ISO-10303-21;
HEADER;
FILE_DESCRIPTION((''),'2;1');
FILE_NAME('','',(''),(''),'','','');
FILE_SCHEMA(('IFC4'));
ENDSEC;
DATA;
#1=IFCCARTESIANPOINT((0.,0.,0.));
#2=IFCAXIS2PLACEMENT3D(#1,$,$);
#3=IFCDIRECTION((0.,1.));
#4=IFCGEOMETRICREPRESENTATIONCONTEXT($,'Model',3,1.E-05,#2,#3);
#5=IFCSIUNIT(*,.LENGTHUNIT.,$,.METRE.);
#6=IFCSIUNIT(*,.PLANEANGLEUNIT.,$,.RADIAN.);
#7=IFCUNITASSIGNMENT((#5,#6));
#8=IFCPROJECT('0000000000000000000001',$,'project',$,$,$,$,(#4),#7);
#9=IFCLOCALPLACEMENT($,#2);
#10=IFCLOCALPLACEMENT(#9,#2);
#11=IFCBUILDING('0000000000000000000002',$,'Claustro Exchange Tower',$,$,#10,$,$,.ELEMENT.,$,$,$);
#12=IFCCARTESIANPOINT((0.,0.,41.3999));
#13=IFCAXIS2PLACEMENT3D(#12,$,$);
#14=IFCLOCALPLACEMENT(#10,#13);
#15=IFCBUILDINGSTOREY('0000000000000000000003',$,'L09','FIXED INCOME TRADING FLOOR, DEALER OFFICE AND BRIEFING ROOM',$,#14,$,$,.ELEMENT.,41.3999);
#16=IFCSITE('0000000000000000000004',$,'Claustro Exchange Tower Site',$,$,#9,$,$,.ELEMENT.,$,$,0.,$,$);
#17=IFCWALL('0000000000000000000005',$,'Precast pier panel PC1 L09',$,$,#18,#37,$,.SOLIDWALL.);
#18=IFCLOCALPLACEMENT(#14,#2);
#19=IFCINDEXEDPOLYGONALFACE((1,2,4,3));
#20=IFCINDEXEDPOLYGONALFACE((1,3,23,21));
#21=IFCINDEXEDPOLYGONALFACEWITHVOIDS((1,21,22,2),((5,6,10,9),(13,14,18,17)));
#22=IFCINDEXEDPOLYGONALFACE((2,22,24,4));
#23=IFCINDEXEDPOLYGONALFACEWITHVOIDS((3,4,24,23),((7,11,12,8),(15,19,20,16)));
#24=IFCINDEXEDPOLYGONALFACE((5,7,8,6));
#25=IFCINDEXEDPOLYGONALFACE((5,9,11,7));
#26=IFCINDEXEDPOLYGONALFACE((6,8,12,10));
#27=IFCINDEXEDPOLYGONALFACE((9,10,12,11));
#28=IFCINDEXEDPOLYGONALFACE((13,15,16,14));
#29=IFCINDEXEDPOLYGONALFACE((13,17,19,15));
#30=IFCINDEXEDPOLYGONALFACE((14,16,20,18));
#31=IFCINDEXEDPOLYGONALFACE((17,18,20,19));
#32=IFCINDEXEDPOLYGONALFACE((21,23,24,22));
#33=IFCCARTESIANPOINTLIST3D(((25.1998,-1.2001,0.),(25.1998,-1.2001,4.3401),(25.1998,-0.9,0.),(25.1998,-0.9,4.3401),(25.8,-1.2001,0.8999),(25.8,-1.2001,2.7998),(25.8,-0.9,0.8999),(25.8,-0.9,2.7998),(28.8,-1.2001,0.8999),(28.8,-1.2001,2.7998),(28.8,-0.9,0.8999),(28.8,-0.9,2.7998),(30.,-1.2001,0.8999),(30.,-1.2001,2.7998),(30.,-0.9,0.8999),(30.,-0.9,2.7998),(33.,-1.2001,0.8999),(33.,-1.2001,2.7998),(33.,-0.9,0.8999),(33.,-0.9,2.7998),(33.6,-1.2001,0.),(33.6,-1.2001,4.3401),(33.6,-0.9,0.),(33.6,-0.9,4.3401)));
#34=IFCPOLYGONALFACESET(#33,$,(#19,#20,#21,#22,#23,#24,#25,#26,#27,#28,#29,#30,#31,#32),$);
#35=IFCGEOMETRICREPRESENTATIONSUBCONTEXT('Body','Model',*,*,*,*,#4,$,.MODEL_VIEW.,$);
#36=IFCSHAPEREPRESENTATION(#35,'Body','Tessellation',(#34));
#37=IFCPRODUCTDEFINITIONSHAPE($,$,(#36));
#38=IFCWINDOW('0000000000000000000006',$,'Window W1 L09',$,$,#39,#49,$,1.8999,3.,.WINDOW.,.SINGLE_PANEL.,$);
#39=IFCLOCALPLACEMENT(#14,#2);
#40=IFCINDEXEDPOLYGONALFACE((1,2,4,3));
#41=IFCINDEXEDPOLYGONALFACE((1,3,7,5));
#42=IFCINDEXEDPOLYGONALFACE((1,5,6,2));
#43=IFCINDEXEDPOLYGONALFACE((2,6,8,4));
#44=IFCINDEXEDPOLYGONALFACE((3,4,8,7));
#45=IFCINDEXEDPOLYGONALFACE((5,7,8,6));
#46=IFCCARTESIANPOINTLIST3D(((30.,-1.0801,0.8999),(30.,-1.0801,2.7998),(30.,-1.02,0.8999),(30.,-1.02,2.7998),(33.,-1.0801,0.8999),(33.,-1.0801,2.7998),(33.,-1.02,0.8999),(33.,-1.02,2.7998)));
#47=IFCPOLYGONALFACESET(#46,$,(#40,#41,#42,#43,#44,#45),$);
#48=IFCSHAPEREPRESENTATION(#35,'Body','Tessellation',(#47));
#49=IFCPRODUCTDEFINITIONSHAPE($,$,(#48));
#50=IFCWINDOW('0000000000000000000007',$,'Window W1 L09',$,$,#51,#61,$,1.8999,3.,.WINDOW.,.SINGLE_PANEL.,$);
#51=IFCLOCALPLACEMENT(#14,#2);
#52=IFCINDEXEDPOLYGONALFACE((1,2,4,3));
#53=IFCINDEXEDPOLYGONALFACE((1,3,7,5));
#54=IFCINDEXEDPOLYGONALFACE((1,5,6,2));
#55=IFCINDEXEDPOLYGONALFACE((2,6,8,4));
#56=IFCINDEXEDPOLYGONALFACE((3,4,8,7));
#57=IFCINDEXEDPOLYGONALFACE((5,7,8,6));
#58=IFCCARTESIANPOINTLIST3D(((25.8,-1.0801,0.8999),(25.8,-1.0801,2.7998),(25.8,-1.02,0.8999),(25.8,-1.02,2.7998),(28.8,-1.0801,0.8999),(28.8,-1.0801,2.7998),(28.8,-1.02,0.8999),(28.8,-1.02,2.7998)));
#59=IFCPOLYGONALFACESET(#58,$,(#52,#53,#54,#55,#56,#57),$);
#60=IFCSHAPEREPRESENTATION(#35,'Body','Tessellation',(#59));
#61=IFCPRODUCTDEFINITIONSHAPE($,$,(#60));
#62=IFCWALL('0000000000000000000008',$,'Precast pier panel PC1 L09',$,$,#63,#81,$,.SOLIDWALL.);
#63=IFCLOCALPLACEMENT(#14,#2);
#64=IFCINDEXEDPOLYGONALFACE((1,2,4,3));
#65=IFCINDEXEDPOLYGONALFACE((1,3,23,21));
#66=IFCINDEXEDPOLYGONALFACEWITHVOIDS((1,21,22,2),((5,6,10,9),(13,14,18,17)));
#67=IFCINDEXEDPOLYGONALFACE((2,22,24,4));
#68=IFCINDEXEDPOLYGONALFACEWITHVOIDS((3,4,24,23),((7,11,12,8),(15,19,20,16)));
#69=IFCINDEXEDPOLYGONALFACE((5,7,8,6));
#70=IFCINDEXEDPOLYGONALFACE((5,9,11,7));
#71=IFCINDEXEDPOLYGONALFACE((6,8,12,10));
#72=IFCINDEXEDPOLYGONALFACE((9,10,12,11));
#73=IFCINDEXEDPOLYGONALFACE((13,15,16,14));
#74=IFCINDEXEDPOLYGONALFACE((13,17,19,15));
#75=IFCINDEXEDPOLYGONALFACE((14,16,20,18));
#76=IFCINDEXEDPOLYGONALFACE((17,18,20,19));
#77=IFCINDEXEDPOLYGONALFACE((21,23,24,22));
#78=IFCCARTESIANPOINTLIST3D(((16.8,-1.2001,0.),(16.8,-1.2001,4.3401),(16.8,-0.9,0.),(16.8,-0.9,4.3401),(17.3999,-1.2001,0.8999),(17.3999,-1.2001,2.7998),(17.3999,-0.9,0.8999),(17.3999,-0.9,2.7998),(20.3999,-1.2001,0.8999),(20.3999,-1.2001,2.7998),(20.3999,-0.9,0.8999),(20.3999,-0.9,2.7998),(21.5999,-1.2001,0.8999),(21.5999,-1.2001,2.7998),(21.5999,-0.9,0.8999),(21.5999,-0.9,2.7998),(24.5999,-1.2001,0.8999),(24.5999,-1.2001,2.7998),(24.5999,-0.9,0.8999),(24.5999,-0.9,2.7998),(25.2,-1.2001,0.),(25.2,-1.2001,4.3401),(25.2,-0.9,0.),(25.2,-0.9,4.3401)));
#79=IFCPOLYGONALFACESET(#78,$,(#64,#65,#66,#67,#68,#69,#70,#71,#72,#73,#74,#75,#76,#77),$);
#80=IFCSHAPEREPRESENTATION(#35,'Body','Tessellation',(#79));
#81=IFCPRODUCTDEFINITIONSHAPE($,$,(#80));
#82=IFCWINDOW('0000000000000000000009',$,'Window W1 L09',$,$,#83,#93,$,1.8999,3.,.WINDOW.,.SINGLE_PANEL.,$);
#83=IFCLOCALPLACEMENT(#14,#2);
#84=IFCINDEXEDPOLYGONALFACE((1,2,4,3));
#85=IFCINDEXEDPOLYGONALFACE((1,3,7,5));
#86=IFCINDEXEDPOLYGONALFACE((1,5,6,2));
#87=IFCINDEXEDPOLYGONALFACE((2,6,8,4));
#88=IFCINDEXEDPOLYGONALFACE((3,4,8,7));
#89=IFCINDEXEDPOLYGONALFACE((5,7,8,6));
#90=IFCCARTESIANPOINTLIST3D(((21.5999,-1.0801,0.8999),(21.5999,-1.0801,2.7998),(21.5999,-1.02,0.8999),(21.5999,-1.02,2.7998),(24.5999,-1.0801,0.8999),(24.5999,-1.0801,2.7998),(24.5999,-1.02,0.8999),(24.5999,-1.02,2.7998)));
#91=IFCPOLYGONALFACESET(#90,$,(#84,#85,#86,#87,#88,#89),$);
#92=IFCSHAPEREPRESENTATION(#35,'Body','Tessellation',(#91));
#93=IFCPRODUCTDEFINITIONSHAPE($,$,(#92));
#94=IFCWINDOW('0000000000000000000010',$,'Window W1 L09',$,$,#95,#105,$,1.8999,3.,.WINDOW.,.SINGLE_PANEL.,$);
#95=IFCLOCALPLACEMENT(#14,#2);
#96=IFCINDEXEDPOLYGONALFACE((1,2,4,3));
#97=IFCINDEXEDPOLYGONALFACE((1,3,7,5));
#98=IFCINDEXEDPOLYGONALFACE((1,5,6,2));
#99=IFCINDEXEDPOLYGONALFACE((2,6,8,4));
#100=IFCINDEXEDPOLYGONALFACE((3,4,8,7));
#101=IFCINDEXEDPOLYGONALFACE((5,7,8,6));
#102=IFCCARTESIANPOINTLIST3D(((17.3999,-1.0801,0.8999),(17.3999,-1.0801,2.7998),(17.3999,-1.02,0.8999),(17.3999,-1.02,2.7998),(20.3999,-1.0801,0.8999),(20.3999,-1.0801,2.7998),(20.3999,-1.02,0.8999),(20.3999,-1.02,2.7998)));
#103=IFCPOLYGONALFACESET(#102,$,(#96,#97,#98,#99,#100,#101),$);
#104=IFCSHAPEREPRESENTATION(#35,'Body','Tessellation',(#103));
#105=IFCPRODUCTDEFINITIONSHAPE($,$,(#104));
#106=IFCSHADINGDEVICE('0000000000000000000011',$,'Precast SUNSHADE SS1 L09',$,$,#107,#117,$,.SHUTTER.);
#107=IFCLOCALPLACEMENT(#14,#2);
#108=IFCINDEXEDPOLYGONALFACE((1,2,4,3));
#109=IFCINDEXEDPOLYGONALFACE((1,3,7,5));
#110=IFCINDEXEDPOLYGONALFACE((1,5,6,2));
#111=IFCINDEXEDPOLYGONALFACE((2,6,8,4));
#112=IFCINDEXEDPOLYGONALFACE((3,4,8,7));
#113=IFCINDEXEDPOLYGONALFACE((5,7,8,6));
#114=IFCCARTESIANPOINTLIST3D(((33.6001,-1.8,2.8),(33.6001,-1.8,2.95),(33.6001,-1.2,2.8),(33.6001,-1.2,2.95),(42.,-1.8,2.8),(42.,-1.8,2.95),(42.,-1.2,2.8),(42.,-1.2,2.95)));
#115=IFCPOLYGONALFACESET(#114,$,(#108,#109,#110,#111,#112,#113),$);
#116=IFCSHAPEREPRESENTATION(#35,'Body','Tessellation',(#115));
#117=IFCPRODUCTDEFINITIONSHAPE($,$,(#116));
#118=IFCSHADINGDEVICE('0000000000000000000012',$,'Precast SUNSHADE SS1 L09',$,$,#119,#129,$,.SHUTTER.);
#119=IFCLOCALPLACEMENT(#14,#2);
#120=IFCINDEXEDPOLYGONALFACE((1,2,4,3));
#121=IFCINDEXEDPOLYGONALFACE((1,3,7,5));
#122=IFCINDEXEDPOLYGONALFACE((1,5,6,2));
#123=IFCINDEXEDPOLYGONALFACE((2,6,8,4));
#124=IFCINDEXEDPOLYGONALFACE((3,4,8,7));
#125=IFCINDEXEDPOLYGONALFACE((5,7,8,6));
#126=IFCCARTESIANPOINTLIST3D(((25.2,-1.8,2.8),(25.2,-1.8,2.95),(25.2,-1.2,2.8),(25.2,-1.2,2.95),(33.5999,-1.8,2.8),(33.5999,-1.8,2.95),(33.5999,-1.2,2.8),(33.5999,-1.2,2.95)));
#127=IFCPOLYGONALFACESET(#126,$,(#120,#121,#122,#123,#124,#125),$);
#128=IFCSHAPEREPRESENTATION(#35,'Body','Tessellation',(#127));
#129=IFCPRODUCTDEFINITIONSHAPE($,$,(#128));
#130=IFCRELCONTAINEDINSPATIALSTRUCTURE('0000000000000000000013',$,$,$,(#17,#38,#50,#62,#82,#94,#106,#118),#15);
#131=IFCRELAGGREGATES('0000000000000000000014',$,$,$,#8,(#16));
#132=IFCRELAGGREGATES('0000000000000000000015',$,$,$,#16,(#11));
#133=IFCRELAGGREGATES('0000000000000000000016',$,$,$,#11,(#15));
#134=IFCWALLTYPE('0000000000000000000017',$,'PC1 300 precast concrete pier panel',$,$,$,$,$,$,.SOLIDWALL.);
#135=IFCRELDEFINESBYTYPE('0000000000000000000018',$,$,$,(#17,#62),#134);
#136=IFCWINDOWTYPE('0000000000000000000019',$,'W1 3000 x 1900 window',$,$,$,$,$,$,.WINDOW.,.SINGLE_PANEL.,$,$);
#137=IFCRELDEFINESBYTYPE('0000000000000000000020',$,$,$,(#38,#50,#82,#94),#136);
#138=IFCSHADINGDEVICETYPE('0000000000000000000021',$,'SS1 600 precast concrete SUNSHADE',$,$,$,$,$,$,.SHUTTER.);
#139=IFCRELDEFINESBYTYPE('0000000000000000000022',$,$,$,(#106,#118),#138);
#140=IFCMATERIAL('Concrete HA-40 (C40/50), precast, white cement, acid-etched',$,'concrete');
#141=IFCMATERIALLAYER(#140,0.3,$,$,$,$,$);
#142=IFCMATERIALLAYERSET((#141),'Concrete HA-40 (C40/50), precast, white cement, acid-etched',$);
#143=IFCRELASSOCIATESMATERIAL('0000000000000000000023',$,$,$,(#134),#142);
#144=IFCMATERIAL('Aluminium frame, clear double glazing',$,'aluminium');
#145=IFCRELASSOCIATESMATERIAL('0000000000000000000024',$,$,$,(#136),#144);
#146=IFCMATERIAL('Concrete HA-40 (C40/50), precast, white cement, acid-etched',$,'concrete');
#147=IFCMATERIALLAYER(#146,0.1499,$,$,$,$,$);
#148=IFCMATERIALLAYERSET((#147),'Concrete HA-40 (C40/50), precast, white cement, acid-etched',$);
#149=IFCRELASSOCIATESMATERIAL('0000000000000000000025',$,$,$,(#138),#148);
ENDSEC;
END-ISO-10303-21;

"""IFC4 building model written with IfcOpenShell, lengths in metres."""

from ifc_helpers import new_model, si_unit, direction, frame, frame_2d, origin, origin_2d, place, context, subcontext, project, spatial, rectangle, extrude, material, layer, layer_set, type_object, element, fill, save


model = new_model("IFC4")

# Units and contexts
model_context = context("Model", 3, precision=1e-05, world=origin(), true_north=direction((0.0, 1.0)))
body_context = subcontext(model_context, "Body", "Model", "MODEL_VIEW")
ifc_project = project(units=[si_unit("LENGTHUNIT", "METRE"), si_unit("PLANEANGLEUNIT", "RADIAN")], contexts=[model_context])

# Site, building, storey
site_placement = place(None, origin())
site = spatial("IfcSite", under=ifc_project, at=site_placement, Name="Claustro Exchange Tower Site", CompositionType="ELEMENT", RefElevation=0.0)
building_placement = place(site_placement, origin())
building = spatial("IfcBuilding", under=site, at=building_placement, Name="Claustro Exchange Tower", CompositionType="ELEMENT")
storey_placement = place(building_placement, frame((0.0, 0.0, 41.3999)))
storey = spatial("IfcBuildingStorey", under=building, at=storey_placement, Name="L09", Description="FIXED INCOME TRADING FLOOR, DEALER OFFICE AND BRIEFING ROOM", CompositionType="ELEMENT", Elevation=41.3999)

# Walls, openings, windows
ifc_material_1 = material(Name="Concrete HA-40 (C40/50), precast, white cement, acid-etched", Category="concrete")
ifc_layer_1 = layer(ifc_material_1, 0.3)
ifc_layer_set_1 = layer_set([ifc_layer_1], Name="Concrete HA-40 (C40/50), precast, white cement, acid-etched")
wall_type_1 = type_object("IfcWallType", Name="PC1 300 precast concrete pier panel", PredefinedType="SOLIDWALL", material=ifc_layer_set_1)
wall_1_placement = place(storey_placement, frame((33.6001, -1.05, 0.0), z_axis=(0.0, 0.0, 1.0), x_axis=(-1.0, 0.0, 0.0)))
wall_1 = element("IfcWall", 1, at=wall_1_placement, inside=storey, type_object=wall_type_1, Name="Precast pier panel PC1 L09", PredefinedType="SOLIDWALL", context=body_context, shape_type="SweptSolid", body=[
    extrude(rectangle(XDim=8.4001, YDim=0.3, at=frame_2d((4.2002, 0.0))), origin(), (0.0, 0.0, 1.0), 4.3401),
])
opening_1_placement = place(wall_1_placement, frame((0.6001, 0.0, 0.8999)))
opening_1 = element("IfcOpeningElement", 2, at=opening_1_placement, cuts=wall_1, PredefinedType="OPENING", context=body_context, shape_type="SweptSolid", body=[
    extrude(rectangle(XDim=3.0, YDim=1.8999, at=frame_2d((1.5, 0.95))), frame((0.0, 0.1599, 0.0), z_axis=(0.0, -1.0, 0.0), x_axis=(1.0, 0.0, 0.0)), (0.0, 0.0, 1.0), 0.3201),
])
opening_2_placement = place(wall_1_placement, frame((4.8, 0.0, 0.8999)))
opening_2 = element("IfcOpeningElement", 3, at=opening_2_placement, cuts=wall_1, PredefinedType="OPENING", context=body_context, shape_type="SweptSolid", body=[
    extrude(rectangle(XDim=3.0, YDim=1.8999, at=frame_2d((1.5, 0.95))), frame((0.0, 0.1599, 0.0), z_axis=(0.0, -1.0, 0.0), x_axis=(1.0, 0.0, 0.0)), (0.0, 0.0, 1.0), 0.3201),
])
ifc_material_2 = material(Name="Aluminium frame, clear double glazing", Category="aluminium")
window_type = type_object("IfcWindowType", Name="W1 3000 x 1900 window", PartitioningType="SINGLE_PANEL", PredefinedType="WINDOW", material=ifc_material_2)
window_1_placement = place(opening_1_placement, origin())
window_1 = element("IfcWindow", 4, at=window_1_placement, inside=storey, type_object=window_type, Name="Window W1 L09", OverallHeight=1.8999, OverallWidth=3.0, PartitioningType="SINGLE_PANEL", PredefinedType="WINDOW", context=body_context, shape_type="SweptSolid", body=[
    extrude(rectangle(XDim=3.0, YDim=1.8999, at=frame_2d((1.5, 0.95))), frame((0.0, 0.03, 0.0), z_axis=(0.0, -1.0, 0.0), x_axis=(1.0, 0.0, 0.0)), (0.0, 0.0, 1.0), 0.0601),
])
fill(opening_1, window_1)
window_2_placement = place(opening_2_placement, origin())
window_2 = element("IfcWindow", 5, at=window_2_placement, inside=storey, type_object=window_type, Name="Window W1 L09", OverallHeight=1.8999, OverallWidth=3.0, PartitioningType="SINGLE_PANEL", PredefinedType="WINDOW", context=body_context, shape_type="SweptSolid", body=[
    extrude(rectangle(XDim=3.0, YDim=1.8999, at=frame_2d((1.5, 0.95))), frame((0.0, 0.03, 0.0), z_axis=(0.0, -1.0, 0.0), x_axis=(1.0, 0.0, 0.0)), (0.0, 0.0, 1.0), 0.0601),
])
fill(opening_2, window_2)
wall_2_placement = place(storey_placement, frame((25.2, -1.05, 0.0), z_axis=(0.0, 0.0, 1.0), x_axis=(-1.0, 0.0, 0.0)))
wall_2 = element("IfcWall", 6, at=wall_2_placement, inside=storey, type_object=wall_type_1, Name="Precast pier panel PC1 L09", PredefinedType="SOLIDWALL", context=body_context, shape_type="SweptSolid", body=[
    extrude(rectangle(XDim=8.3999, YDim=0.3, at=frame_2d((4.2, 0.0))), origin(), (0.0, 0.0, 1.0), 4.3401),
])
opening_3_placement = place(wall_2_placement, frame((0.6001, 0.0, 0.8999)))
opening_3 = element("IfcOpeningElement", 7, at=opening_3_placement, cuts=wall_2, PredefinedType="OPENING", context=body_context, shape_type="SweptSolid", body=[
    extrude(rectangle(XDim=3.0, YDim=1.8999, at=frame_2d((1.5, 0.95))), frame((0.0, 0.1599, 0.0), z_axis=(0.0, -1.0, 0.0), x_axis=(1.0, 0.0, 0.0)), (0.0, 0.0, 1.0), 0.3201),
])
opening_4_placement = place(wall_2_placement, frame((4.8, 0.0, 0.8999)))
opening_4 = element("IfcOpeningElement", 8, at=opening_4_placement, cuts=wall_2, PredefinedType="OPENING", context=body_context, shape_type="SweptSolid", body=[
    extrude(rectangle(XDim=3.0, YDim=1.8999, at=frame_2d((1.5, 0.95))), frame((0.0, 0.1599, 0.0), z_axis=(0.0, -1.0, 0.0), x_axis=(1.0, 0.0, 0.0)), (0.0, 0.0, 1.0), 0.3201),
])
window_3_placement = place(opening_3_placement, origin())
window_3 = element("IfcWindow", 9, at=window_3_placement, inside=storey, type_object=window_type, Name="Window W1 L09", OverallHeight=1.8999, OverallWidth=3.0, PartitioningType="SINGLE_PANEL", PredefinedType="WINDOW", context=body_context, shape_type="SweptSolid", body=[
    extrude(rectangle(XDim=3.0, YDim=1.8999, at=frame_2d((1.5, 0.95))), frame((0.0, 0.03, 0.0), z_axis=(0.0, -1.0, 0.0), x_axis=(1.0, 0.0, 0.0)), (0.0, 0.0, 1.0), 0.0601),
])
fill(opening_3, window_3)
window_4_placement = place(opening_4_placement, origin())
window_4 = element("IfcWindow", 10, at=window_4_placement, inside=storey, type_object=window_type, Name="Window W1 L09", OverallHeight=1.8999, OverallWidth=3.0, PartitioningType="SINGLE_PANEL", PredefinedType="WINDOW", context=body_context, shape_type="SweptSolid", body=[
    extrude(rectangle(XDim=3.0, YDim=1.8999, at=frame_2d((1.5, 0.95))), frame((0.0, 0.03, 0.0), z_axis=(0.0, -1.0, 0.0), x_axis=(1.0, 0.0, 0.0)), (0.0, 0.0, 1.0), 0.0601),
])
fill(opening_4, window_4)

# Shading devices
ifc_material_3 = material(Name="Concrete HA-40 (C40/50), precast, white cement, acid-etched", Category="concrete")
ifc_layer_2 = layer(ifc_material_3, 0.1499)
ifc_layer_set_2 = layer_set([ifc_layer_2], Name="Concrete HA-40 (C40/50), precast, white cement, acid-etched")
shading_device_type = type_object("IfcShadingDeviceType", Name="SS1 600 precast concrete SUNSHADE", PredefinedType="SHUTTER", material=ifc_layer_set_2)
for number, where, z_axis, x_axis, name in (
    (11, (37.8, -1.5, 2.8), (0.0, 0.0, 1.0), (-1.0, 0.0, 0.0), "Precast SUNSHADE SS1 L09"),
    (12, (29.3999, -1.5, 2.8), (0.0, 0.0, 1.0), (-1.0, 0.0, 0.0), "Precast SUNSHADE SS1 L09"),
):
    element("IfcShadingDevice", number, at=place(storey_placement, frame(where, z_axis=z_axis, x_axis=x_axis)), inside=storey, type_object=shading_device_type, Name=name, PredefinedType="SHUTTER", context=body_context, shape_type="SweptSolid", body=[
        extrude(rectangle(XDim=8.3999, YDim=0.6001, at=origin_2d()), origin(), (0.0, 0.0, 1.0), 0.1499),
    ])

save(model, "model.ifc")
